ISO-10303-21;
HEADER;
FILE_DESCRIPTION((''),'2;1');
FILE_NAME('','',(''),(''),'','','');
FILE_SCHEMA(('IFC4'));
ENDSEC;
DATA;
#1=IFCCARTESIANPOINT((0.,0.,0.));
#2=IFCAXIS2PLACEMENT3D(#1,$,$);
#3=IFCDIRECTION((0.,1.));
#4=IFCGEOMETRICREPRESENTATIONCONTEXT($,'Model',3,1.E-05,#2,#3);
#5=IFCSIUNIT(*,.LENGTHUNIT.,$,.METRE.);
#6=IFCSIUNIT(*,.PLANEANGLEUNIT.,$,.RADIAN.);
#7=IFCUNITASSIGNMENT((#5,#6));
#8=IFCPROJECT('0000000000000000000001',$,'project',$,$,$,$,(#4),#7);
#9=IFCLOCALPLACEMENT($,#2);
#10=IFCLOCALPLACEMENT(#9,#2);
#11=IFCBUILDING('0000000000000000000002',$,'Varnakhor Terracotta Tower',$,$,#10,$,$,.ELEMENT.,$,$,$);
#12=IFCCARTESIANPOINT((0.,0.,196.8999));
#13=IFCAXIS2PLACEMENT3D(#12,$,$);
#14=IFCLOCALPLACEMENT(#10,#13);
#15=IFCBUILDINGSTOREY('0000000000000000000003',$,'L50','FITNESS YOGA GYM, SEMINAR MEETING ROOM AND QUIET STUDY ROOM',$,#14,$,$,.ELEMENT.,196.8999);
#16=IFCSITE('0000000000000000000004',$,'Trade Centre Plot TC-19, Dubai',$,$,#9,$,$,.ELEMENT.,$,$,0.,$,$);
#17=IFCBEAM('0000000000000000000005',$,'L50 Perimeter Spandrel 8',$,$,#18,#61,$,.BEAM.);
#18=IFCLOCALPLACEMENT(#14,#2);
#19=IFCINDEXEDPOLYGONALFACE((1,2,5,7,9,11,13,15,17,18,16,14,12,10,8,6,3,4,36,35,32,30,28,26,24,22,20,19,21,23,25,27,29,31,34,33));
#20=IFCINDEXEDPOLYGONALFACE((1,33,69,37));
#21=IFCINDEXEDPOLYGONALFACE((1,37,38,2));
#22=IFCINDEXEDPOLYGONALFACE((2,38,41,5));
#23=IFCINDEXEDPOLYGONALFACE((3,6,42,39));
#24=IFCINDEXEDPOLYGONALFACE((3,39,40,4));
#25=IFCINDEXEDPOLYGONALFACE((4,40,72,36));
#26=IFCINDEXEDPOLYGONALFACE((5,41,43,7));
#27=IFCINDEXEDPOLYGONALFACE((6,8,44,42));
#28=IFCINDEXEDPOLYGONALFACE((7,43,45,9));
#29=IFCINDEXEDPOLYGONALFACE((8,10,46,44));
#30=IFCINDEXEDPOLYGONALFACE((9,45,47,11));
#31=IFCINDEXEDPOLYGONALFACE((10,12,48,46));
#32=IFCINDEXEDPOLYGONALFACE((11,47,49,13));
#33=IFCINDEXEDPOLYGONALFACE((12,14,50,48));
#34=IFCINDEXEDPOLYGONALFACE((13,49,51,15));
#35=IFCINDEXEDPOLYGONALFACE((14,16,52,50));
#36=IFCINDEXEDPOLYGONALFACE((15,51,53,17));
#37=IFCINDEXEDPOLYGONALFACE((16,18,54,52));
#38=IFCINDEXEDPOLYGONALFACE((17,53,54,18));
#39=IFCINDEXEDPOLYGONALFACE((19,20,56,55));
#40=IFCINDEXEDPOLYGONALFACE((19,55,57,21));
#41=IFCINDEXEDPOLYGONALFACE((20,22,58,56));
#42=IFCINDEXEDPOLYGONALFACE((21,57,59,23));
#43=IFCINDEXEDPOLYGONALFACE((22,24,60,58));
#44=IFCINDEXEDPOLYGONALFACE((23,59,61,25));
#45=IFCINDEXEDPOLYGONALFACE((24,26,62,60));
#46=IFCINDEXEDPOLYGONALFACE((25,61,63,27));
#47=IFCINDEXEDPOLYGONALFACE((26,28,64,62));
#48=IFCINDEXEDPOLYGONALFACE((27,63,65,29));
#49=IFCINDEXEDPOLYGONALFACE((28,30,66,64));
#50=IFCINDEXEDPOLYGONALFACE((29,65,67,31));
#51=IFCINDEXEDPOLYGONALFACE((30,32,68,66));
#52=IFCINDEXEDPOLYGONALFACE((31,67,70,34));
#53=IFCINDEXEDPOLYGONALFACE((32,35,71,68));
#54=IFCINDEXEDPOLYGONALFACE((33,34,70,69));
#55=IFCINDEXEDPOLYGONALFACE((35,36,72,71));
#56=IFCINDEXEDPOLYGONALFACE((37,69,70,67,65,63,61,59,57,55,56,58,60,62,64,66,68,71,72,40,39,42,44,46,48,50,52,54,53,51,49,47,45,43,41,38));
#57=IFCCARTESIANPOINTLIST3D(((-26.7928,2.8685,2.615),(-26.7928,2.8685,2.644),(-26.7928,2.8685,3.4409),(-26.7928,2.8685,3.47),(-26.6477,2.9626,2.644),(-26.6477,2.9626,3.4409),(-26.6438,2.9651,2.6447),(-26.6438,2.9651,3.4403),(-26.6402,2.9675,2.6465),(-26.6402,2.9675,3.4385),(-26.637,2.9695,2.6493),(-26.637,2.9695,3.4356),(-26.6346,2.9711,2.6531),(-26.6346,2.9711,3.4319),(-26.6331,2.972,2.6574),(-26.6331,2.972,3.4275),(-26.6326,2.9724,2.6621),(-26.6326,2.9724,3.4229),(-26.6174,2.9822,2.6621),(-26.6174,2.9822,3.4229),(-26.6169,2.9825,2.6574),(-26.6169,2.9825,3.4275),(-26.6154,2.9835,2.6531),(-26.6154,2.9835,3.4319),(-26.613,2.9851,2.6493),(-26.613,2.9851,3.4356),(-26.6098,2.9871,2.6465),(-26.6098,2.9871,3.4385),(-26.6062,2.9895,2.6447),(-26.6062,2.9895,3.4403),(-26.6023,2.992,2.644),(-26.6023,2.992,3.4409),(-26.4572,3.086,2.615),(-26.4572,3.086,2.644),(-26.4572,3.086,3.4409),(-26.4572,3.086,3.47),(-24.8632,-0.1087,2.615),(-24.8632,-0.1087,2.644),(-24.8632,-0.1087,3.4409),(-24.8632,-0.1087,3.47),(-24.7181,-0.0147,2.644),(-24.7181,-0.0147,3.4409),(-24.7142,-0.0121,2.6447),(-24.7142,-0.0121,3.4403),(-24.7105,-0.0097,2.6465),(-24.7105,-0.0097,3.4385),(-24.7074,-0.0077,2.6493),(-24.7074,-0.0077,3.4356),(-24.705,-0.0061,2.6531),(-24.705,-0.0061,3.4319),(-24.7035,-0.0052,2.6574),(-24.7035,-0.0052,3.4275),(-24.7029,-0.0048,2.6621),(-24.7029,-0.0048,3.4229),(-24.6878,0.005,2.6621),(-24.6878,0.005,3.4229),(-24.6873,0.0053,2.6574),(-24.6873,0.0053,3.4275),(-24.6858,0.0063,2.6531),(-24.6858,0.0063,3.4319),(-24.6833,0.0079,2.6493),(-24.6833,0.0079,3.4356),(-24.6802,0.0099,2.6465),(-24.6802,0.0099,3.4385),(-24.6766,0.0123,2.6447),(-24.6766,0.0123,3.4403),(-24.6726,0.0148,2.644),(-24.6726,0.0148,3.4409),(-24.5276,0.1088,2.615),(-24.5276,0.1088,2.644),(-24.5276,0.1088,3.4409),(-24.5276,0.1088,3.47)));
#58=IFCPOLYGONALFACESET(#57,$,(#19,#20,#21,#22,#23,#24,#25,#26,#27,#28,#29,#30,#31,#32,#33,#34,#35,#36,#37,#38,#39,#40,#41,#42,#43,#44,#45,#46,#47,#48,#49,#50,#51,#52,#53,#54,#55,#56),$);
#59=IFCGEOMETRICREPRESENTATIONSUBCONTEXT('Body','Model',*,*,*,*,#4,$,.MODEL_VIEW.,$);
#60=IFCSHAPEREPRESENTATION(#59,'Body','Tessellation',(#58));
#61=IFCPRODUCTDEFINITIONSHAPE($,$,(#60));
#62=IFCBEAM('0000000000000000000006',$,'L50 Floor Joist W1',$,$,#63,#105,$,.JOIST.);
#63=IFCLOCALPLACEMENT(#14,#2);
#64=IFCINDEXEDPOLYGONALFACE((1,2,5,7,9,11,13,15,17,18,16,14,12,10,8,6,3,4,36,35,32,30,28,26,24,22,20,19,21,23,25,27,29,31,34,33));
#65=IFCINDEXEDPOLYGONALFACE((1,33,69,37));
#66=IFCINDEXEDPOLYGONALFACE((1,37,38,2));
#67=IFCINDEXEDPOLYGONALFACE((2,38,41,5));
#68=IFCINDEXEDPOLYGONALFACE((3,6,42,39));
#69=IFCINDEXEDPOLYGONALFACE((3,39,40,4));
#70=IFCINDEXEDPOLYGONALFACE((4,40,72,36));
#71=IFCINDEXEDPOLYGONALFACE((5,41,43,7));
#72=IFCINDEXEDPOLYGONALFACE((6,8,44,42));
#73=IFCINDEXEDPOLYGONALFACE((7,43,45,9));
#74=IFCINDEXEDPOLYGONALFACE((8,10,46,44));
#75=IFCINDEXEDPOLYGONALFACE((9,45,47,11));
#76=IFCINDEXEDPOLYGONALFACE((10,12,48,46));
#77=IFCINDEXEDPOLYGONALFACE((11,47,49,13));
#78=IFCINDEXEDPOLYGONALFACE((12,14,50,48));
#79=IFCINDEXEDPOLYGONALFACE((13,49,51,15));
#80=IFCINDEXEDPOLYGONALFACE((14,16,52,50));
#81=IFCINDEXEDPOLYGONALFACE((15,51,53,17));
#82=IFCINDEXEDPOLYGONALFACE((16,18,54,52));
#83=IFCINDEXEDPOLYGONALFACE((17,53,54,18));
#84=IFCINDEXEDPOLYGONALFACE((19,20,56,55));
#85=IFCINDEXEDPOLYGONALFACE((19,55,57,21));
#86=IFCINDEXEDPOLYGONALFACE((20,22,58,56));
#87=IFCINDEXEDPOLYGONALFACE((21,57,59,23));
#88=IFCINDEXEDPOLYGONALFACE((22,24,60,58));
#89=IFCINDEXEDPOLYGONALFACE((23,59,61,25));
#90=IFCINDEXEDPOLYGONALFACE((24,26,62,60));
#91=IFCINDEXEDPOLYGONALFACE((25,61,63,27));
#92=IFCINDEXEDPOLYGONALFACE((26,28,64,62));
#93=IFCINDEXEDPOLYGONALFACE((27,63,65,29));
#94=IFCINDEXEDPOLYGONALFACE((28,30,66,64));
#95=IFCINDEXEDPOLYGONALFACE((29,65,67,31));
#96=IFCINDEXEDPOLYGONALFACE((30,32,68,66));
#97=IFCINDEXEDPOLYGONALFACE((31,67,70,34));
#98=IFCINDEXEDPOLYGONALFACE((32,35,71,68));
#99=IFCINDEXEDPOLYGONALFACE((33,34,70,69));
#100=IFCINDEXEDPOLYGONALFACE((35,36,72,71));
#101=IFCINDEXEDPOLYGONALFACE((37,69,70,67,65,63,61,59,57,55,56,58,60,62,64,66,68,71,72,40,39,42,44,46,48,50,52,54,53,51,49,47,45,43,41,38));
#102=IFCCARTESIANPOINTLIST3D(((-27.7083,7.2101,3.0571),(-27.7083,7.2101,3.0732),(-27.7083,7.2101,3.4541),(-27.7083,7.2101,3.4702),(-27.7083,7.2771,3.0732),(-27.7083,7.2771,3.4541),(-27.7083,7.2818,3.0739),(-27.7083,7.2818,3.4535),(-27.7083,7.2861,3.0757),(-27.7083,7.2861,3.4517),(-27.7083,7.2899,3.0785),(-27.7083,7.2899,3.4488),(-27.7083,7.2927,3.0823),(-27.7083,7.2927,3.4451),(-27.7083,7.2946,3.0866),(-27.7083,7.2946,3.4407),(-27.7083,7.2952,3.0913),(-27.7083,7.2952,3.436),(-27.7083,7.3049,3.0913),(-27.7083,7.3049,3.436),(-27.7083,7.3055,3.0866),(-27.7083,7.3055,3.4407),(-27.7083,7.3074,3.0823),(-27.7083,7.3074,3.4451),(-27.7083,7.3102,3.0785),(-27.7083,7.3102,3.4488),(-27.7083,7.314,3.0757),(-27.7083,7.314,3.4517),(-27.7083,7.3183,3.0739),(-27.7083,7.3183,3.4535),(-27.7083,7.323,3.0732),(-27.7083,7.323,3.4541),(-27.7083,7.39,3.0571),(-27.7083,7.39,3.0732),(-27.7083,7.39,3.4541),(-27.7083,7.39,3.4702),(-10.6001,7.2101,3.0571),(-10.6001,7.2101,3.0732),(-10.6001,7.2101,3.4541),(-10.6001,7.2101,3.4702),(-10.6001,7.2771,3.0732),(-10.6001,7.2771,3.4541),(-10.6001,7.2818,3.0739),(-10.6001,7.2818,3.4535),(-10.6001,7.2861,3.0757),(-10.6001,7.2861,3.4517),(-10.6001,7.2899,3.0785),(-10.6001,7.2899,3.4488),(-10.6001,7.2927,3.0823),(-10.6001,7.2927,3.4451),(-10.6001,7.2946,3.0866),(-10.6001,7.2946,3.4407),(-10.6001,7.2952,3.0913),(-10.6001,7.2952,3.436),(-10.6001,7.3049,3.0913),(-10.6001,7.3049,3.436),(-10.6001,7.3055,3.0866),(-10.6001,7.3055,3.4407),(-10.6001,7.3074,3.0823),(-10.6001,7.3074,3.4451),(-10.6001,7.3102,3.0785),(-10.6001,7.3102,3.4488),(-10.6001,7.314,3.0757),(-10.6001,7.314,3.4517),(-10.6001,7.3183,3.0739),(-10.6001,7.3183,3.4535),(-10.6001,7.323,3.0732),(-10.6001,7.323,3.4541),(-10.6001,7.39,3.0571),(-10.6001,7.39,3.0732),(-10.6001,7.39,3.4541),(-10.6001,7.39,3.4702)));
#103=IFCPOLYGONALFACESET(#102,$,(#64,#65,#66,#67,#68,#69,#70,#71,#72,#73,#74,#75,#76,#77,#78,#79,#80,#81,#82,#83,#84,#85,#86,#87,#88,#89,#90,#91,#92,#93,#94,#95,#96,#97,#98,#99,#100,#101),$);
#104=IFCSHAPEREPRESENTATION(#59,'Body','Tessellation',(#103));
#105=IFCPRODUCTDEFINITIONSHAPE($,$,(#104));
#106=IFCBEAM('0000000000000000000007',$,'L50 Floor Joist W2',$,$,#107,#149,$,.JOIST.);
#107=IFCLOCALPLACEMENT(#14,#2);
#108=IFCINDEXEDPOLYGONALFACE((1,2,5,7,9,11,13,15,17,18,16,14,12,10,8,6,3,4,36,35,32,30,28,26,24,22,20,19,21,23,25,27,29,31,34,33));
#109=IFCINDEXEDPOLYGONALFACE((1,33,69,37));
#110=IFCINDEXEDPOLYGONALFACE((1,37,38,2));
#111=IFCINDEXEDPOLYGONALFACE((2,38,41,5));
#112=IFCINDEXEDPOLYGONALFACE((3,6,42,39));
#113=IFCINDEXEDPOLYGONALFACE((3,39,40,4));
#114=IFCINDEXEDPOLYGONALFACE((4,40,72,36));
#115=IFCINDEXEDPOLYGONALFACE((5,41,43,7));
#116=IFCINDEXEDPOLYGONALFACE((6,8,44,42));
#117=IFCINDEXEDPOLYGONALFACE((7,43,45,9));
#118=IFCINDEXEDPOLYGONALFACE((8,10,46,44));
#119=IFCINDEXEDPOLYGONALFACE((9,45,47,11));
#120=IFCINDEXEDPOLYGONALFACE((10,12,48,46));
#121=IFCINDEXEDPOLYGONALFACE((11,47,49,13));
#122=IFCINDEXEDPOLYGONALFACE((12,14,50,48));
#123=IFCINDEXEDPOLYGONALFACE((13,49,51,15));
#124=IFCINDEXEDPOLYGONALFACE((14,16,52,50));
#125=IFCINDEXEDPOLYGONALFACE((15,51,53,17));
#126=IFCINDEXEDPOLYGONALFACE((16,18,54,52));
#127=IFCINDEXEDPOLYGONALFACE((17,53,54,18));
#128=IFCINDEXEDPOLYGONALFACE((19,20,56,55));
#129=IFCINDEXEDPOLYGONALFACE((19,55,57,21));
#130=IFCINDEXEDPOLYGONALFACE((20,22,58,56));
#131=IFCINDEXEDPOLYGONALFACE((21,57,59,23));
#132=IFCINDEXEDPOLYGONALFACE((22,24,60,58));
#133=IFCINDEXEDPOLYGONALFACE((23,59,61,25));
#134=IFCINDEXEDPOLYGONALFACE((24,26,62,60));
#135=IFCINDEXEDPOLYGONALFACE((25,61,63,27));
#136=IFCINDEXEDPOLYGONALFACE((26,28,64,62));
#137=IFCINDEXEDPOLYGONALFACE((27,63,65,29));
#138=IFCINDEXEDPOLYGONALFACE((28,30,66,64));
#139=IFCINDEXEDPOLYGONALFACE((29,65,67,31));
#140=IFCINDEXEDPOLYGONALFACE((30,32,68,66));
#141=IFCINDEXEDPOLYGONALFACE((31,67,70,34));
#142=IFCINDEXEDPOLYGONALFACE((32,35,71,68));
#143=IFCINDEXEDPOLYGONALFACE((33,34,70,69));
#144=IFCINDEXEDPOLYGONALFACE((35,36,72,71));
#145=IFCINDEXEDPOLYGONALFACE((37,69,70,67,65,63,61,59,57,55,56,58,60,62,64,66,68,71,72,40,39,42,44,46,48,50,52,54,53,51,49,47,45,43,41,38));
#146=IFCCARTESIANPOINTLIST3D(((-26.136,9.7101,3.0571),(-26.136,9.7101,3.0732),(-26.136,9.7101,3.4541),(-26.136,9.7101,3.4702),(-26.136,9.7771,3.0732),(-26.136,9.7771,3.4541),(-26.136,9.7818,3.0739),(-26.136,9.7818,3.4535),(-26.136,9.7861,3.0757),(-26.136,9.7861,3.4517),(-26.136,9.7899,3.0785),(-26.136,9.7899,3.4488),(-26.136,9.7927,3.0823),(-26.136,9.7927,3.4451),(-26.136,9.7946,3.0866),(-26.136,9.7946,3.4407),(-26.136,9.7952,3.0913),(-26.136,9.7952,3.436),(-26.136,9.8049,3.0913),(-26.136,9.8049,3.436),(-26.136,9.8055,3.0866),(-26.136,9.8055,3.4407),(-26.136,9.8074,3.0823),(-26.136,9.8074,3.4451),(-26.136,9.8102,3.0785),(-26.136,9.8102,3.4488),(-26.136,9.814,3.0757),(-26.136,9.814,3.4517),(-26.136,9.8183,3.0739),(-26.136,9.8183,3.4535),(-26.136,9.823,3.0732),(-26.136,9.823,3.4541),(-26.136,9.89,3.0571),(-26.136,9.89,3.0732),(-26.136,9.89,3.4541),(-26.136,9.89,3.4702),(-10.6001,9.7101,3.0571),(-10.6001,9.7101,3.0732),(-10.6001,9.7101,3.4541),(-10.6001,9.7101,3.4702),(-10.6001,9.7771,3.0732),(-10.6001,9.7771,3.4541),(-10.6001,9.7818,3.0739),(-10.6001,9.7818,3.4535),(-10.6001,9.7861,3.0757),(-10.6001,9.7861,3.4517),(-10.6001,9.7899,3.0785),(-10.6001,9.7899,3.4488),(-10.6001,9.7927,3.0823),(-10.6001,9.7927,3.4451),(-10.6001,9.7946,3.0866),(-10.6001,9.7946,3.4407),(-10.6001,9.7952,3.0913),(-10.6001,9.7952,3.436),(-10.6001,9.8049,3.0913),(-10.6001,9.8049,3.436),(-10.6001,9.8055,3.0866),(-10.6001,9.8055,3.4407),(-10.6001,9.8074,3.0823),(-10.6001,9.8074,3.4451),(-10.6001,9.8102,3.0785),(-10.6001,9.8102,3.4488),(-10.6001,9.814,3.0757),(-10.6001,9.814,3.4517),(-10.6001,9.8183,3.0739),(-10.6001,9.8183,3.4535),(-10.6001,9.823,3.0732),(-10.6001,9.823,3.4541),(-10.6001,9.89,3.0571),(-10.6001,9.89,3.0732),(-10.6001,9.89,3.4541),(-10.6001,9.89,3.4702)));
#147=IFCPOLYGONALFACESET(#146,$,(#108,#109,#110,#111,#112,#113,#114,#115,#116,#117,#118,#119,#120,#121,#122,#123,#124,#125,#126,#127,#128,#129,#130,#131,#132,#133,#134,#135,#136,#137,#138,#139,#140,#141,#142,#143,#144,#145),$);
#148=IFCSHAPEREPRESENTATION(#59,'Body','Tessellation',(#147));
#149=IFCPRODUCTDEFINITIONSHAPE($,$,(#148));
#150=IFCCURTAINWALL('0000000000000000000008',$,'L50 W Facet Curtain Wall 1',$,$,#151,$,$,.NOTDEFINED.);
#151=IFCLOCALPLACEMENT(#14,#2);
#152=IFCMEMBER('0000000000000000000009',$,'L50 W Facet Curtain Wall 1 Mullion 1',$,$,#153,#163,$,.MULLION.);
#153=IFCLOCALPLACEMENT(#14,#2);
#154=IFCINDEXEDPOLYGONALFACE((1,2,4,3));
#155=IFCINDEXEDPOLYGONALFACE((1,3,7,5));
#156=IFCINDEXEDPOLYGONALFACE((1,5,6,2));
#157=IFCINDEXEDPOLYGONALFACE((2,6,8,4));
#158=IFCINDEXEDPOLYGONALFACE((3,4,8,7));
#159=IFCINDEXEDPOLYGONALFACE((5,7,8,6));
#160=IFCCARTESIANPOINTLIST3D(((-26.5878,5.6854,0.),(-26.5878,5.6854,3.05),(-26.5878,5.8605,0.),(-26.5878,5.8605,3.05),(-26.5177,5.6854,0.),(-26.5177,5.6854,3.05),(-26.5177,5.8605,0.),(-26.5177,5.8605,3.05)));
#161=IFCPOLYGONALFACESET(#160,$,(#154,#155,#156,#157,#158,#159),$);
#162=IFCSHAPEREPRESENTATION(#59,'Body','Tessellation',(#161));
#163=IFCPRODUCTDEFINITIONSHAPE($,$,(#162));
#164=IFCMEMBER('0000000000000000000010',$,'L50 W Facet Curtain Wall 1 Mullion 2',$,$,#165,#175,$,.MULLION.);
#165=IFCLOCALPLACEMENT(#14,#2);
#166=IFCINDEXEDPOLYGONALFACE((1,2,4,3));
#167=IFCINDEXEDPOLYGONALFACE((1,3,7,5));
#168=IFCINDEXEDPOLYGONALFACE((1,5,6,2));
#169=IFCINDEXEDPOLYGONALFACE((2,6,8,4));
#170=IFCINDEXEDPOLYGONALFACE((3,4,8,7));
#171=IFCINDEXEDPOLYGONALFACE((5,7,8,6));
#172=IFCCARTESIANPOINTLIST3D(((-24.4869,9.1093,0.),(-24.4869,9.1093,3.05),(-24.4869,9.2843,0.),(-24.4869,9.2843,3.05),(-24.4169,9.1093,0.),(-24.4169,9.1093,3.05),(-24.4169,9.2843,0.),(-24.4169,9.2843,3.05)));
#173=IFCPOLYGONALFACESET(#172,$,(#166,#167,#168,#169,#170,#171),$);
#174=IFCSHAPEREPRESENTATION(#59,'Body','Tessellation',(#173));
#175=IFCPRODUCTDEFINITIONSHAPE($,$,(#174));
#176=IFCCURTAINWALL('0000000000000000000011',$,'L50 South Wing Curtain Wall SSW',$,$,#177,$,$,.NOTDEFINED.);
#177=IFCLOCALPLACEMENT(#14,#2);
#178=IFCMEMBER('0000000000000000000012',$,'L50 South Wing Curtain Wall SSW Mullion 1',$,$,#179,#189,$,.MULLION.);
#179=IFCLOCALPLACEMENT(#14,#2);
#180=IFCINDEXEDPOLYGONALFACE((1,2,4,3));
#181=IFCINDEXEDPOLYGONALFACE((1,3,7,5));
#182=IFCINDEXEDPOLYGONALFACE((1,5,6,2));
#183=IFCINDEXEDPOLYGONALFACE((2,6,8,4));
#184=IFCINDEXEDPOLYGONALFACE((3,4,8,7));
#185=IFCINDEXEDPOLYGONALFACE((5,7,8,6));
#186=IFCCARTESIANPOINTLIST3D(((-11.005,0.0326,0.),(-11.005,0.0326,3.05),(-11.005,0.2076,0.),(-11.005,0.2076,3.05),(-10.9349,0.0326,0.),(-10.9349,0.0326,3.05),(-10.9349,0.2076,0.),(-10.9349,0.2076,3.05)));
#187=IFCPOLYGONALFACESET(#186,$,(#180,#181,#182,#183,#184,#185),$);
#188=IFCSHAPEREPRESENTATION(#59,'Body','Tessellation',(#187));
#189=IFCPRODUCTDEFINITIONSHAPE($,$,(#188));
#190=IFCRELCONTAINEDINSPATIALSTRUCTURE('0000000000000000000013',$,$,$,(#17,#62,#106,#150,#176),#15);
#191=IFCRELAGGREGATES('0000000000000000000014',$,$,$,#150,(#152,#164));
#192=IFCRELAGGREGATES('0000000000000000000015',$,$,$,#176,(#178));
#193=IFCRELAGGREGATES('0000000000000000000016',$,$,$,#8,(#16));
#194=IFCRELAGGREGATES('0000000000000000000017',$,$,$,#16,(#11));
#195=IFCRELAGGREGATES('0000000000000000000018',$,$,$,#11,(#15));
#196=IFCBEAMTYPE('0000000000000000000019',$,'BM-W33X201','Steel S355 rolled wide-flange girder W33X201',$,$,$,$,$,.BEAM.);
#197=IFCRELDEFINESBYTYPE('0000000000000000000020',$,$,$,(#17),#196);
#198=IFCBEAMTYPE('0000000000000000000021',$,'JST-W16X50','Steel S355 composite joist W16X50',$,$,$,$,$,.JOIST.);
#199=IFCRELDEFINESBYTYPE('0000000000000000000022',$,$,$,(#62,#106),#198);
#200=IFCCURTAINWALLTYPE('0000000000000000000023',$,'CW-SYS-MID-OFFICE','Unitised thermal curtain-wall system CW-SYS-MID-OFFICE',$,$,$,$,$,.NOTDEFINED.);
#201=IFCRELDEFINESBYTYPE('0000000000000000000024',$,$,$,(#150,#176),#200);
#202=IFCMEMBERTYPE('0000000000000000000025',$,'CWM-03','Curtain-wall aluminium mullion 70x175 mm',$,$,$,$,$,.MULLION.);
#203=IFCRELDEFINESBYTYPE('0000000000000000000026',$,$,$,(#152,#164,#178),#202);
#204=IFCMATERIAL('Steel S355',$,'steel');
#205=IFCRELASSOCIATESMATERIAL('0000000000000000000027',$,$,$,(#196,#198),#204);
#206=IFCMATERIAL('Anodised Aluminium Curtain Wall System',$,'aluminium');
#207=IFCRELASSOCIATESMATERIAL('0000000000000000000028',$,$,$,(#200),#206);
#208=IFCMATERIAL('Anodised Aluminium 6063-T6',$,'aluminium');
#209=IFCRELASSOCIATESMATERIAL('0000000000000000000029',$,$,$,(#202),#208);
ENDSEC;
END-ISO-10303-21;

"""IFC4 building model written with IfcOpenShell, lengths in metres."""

from ifc_helpers import new_model, si_unit, direction, frame, origin, origin_2d, place, context, subcontext, project, spatial, rectangle, i_section, extrude, source, transform, mapped, material, material_profile, profile_set, type_object, element, aggregate, save


model = new_model("IFC4")

# Units and contexts
model_context = context("Model", 3, precision=1e-05, world=origin(), true_north=direction((0.0, 1.0)))
body_context = subcontext(model_context, "Body", "Model", "MODEL_VIEW")
ifc_project = project(units=[si_unit("LENGTHUNIT", "METRE"), si_unit("PLANEANGLEUNIT", "RADIAN")], contexts=[model_context])

# Site, building, storey
site_placement = place(None, origin())
site = spatial("IfcSite", under=ifc_project, at=site_placement, Name="Trade Centre Plot TC-19, Dubai", CompositionType="ELEMENT", RefElevation=0.0)
building_placement = place(site_placement, origin())
building = spatial("IfcBuilding", under=site, at=building_placement, Name="Varnakhor Terracotta Tower", CompositionType="ELEMENT")
storey_placement = place(building_placement, frame((0.0, 0.0, 196.8999)))
storey = spatial("IfcBuildingStorey", under=building, at=storey_placement, Name="L50", Description="FITNESS YOGA GYM, SEMINAR MEETING ROOM AND QUIET STUDY ROOM", CompositionType="ELEMENT", Elevation=196.8999)

# Beams
ifc_material_1 = material(Name="Steel S355", Category="steel")
ifc_material_profile_1 = material_profile(ifc_material_1, i_section(OverallWidth=0.3999, OverallDepth=0.855, WebThickness=0.0181, FlangeThickness=0.0291, FilletRadius=0.0181, at=origin_2d()), Name="W33X201")
ifc_profile_set_1 = profile_set([ifc_material_profile_1], Name="Steel S355")
beam_type_1 = type_object("IfcBeamType", Name="BM-W33X201", Description="Steel S355 rolled wide-flange girder W33X201", PredefinedType="BEAM", material=ifc_profile_set_1)
shared_shape_1 = source(origin(), body_context, "Body", "SweptSolid", [
    extrude(i_section(OverallWidth=0.3999, OverallDepth=0.855, WebThickness=0.0181, FlangeThickness=0.0291, FilletRadius=0.0181, at=origin_2d()), origin(), (0.0, 0.0, 1.0), 3.5479),
])
for number, where, z_axis, x_axis, name in (
    (1, (-26.625, 2.9773, 3.0425), (0.543887, -0.839158, 0.0), (0.839158, 0.543887, 0.0), "L50 Perimeter Spandrel 8"),
):
    element("IfcBeam", number, at=place(storey_placement, frame(where, z_axis=z_axis, x_axis=x_axis)), inside=storey, type_object=beam_type_1, Name=name, PredefinedType="BEAM", context=body_context, shape_type="MappedRepresentation", body=[
        mapped(shared_shape_1, transform((0.0, 0.0, 0.0), scale=1.0)),
    ])
ifc_material_profile_2 = material_profile(ifc_material_1, i_section(OverallWidth=0.1799, OverallDepth=0.4131, WebThickness=0.0098, FlangeThickness=0.0161, FilletRadius=0.0181, at=origin_2d()), Name="W16X50")
ifc_profile_set_2 = profile_set([ifc_material_profile_2], Name="Steel S355")
beam_type_2 = type_object("IfcBeamType", Name="JST-W16X50", Description="Steel S355 composite joist W16X50", PredefinedType="JOIST", material=ifc_profile_set_2)
shared_shape_2 = source(origin(), body_context, "Body", "SweptSolid", [
    extrude(i_section(OverallWidth=0.1799, OverallDepth=0.4131, WebThickness=0.0098, FlangeThickness=0.0161, FilletRadius=0.0181, at=origin_2d()), origin(), (0.0, 0.0, 1.0), 17.1082),
])
beam_1_placement = place(storey_placement, frame((-27.7083, 7.3, 3.2637), z_axis=(1.0, 0.0, 0.0), x_axis=(0.0, 1.0, 0.0)))
element("IfcBeam", 2, at=beam_1_placement, inside=storey, type_object=beam_type_2, Name="L50 Floor Joist W1", PredefinedType="JOIST", context=body_context, shape_type="MappedRepresentation", body=[
    mapped(shared_shape_2, transform((0.0, 0.0, 0.0), scale=1.0)),
])
shared_shape_3 = source(origin(), body_context, "Body", "SweptSolid", [
    extrude(i_section(OverallWidth=0.1799, OverallDepth=0.4131, WebThickness=0.0098, FlangeThickness=0.0161, FilletRadius=0.0181, at=origin_2d()), origin(), (0.0, 0.0, 1.0), 15.5359),
])
beam_2_placement = place(storey_placement, frame((-26.136, 9.8, 3.2637), z_axis=(1.0, 0.0, 0.0), x_axis=(0.0, 1.0, 0.0)))
element("IfcBeam", 3, at=beam_2_placement, inside=storey, type_object=beam_type_2, Name="L50 Floor Joist W2", PredefinedType="JOIST", context=body_context, shape_type="MappedRepresentation", body=[
    mapped(shared_shape_3, transform((0.0, 0.0, 0.0), scale=1.0)),
])

# Curtain walls, members
ifc_material_2 = material(Name="Anodised Aluminium Curtain Wall System", Category="aluminium")
curtain_wall_type = type_object("IfcCurtainWallType", Name="CW-SYS-MID-OFFICE", Description="Unitised thermal curtain-wall system CW-SYS-MID-OFFICE", PredefinedType="NOTDEFINED", material=ifc_material_2)
curtain_wall_1_placement = place(storey_placement, origin())
curtain_wall_1 = element("IfcCurtainWall", 4, at=curtain_wall_1_placement, inside=storey, type_object=curtain_wall_type, Name="L50 W Facet Curtain Wall 1", PredefinedType="NOTDEFINED")
ifc_material_3 = material(Name="Anodised Aluminium 6063-T6", Category="aluminium")
ifc_material_profile_3 = material_profile(ifc_material_3, rectangle(XDim=0.0701, YDim=0.175, at=origin_2d()), Name="ALU MULLION 70x175")
ifc_profile_set_3 = profile_set([ifc_material_profile_3], Name="Anodised Aluminium 6063-T6")
member_type_1 = type_object("IfcMemberType", Name="CWM-03", Description="Curtain-wall aluminium mullion 70x175 mm", PredefinedType="MULLION", material=ifc_profile_set_3)
shared_shape_4 = source(origin(), body_context, "Body", "SweptSolid", [
    extrude(rectangle(XDim=0.0701, YDim=0.175, at=origin_2d()), origin(), (0.0, 0.0, 1.0), 3.05),
])
member_1_placement = place(storey_placement, frame((-26.5527, 5.7729, 0.0), z_axis=(0.0, 0.0, 1.0), x_axis=(1.0, 0.0, 0.0)))
member_1 = element("IfcMember", 5, at=member_1_placement, type_object=member_type_1, Name="L50 W Facet Curtain Wall 1 Mullion 1", PredefinedType="MULLION", context=body_context, shape_type="MappedRepresentation", body=[
    mapped(shared_shape_4, transform((0.0, 0.0, 0.0), scale=1.0)),
])
member_2_placement = place(storey_placement, frame((-24.4519, 9.1968, 0.0), z_axis=(0.0, 0.0, 1.0), x_axis=(1.0, 0.0, 0.0)))
member_2 = element("IfcMember", 6, at=member_2_placement, type_object=member_type_1, Name="L50 W Facet Curtain Wall 1 Mullion 2", PredefinedType="MULLION", context=body_context, shape_type="MappedRepresentation", body=[
    mapped(shared_shape_4, transform((0.0, 0.0, 0.0), scale=1.0)),
])
curtain_wall_2_placement = place(storey_placement, origin())
curtain_wall_2 = element("IfcCurtainWall", 7, at=curtain_wall_2_placement, inside=storey, type_object=curtain_wall_type, Name="L50 South Wing Curtain Wall SSW", PredefinedType="NOTDEFINED")
member_3_placement = place(storey_placement, frame((-10.97, 0.1201, 0.0), z_axis=(0.0, 0.0, 1.0), x_axis=(1.0, 0.0, 0.0)))
member_3 = element("IfcMember", 8, at=member_3_placement, type_object=member_type_1, Name="L50 South Wing Curtain Wall SSW Mullion 1", PredefinedType="MULLION", context=body_context, shape_type="MappedRepresentation", body=[
    mapped(shared_shape_4, transform((0.0, 0.0, 0.0), scale=1.0)),
])

aggregate(curtain_wall_1, [member_1, member_2])
aggregate(curtain_wall_2, [member_3])

save(model, "model.ifc")
